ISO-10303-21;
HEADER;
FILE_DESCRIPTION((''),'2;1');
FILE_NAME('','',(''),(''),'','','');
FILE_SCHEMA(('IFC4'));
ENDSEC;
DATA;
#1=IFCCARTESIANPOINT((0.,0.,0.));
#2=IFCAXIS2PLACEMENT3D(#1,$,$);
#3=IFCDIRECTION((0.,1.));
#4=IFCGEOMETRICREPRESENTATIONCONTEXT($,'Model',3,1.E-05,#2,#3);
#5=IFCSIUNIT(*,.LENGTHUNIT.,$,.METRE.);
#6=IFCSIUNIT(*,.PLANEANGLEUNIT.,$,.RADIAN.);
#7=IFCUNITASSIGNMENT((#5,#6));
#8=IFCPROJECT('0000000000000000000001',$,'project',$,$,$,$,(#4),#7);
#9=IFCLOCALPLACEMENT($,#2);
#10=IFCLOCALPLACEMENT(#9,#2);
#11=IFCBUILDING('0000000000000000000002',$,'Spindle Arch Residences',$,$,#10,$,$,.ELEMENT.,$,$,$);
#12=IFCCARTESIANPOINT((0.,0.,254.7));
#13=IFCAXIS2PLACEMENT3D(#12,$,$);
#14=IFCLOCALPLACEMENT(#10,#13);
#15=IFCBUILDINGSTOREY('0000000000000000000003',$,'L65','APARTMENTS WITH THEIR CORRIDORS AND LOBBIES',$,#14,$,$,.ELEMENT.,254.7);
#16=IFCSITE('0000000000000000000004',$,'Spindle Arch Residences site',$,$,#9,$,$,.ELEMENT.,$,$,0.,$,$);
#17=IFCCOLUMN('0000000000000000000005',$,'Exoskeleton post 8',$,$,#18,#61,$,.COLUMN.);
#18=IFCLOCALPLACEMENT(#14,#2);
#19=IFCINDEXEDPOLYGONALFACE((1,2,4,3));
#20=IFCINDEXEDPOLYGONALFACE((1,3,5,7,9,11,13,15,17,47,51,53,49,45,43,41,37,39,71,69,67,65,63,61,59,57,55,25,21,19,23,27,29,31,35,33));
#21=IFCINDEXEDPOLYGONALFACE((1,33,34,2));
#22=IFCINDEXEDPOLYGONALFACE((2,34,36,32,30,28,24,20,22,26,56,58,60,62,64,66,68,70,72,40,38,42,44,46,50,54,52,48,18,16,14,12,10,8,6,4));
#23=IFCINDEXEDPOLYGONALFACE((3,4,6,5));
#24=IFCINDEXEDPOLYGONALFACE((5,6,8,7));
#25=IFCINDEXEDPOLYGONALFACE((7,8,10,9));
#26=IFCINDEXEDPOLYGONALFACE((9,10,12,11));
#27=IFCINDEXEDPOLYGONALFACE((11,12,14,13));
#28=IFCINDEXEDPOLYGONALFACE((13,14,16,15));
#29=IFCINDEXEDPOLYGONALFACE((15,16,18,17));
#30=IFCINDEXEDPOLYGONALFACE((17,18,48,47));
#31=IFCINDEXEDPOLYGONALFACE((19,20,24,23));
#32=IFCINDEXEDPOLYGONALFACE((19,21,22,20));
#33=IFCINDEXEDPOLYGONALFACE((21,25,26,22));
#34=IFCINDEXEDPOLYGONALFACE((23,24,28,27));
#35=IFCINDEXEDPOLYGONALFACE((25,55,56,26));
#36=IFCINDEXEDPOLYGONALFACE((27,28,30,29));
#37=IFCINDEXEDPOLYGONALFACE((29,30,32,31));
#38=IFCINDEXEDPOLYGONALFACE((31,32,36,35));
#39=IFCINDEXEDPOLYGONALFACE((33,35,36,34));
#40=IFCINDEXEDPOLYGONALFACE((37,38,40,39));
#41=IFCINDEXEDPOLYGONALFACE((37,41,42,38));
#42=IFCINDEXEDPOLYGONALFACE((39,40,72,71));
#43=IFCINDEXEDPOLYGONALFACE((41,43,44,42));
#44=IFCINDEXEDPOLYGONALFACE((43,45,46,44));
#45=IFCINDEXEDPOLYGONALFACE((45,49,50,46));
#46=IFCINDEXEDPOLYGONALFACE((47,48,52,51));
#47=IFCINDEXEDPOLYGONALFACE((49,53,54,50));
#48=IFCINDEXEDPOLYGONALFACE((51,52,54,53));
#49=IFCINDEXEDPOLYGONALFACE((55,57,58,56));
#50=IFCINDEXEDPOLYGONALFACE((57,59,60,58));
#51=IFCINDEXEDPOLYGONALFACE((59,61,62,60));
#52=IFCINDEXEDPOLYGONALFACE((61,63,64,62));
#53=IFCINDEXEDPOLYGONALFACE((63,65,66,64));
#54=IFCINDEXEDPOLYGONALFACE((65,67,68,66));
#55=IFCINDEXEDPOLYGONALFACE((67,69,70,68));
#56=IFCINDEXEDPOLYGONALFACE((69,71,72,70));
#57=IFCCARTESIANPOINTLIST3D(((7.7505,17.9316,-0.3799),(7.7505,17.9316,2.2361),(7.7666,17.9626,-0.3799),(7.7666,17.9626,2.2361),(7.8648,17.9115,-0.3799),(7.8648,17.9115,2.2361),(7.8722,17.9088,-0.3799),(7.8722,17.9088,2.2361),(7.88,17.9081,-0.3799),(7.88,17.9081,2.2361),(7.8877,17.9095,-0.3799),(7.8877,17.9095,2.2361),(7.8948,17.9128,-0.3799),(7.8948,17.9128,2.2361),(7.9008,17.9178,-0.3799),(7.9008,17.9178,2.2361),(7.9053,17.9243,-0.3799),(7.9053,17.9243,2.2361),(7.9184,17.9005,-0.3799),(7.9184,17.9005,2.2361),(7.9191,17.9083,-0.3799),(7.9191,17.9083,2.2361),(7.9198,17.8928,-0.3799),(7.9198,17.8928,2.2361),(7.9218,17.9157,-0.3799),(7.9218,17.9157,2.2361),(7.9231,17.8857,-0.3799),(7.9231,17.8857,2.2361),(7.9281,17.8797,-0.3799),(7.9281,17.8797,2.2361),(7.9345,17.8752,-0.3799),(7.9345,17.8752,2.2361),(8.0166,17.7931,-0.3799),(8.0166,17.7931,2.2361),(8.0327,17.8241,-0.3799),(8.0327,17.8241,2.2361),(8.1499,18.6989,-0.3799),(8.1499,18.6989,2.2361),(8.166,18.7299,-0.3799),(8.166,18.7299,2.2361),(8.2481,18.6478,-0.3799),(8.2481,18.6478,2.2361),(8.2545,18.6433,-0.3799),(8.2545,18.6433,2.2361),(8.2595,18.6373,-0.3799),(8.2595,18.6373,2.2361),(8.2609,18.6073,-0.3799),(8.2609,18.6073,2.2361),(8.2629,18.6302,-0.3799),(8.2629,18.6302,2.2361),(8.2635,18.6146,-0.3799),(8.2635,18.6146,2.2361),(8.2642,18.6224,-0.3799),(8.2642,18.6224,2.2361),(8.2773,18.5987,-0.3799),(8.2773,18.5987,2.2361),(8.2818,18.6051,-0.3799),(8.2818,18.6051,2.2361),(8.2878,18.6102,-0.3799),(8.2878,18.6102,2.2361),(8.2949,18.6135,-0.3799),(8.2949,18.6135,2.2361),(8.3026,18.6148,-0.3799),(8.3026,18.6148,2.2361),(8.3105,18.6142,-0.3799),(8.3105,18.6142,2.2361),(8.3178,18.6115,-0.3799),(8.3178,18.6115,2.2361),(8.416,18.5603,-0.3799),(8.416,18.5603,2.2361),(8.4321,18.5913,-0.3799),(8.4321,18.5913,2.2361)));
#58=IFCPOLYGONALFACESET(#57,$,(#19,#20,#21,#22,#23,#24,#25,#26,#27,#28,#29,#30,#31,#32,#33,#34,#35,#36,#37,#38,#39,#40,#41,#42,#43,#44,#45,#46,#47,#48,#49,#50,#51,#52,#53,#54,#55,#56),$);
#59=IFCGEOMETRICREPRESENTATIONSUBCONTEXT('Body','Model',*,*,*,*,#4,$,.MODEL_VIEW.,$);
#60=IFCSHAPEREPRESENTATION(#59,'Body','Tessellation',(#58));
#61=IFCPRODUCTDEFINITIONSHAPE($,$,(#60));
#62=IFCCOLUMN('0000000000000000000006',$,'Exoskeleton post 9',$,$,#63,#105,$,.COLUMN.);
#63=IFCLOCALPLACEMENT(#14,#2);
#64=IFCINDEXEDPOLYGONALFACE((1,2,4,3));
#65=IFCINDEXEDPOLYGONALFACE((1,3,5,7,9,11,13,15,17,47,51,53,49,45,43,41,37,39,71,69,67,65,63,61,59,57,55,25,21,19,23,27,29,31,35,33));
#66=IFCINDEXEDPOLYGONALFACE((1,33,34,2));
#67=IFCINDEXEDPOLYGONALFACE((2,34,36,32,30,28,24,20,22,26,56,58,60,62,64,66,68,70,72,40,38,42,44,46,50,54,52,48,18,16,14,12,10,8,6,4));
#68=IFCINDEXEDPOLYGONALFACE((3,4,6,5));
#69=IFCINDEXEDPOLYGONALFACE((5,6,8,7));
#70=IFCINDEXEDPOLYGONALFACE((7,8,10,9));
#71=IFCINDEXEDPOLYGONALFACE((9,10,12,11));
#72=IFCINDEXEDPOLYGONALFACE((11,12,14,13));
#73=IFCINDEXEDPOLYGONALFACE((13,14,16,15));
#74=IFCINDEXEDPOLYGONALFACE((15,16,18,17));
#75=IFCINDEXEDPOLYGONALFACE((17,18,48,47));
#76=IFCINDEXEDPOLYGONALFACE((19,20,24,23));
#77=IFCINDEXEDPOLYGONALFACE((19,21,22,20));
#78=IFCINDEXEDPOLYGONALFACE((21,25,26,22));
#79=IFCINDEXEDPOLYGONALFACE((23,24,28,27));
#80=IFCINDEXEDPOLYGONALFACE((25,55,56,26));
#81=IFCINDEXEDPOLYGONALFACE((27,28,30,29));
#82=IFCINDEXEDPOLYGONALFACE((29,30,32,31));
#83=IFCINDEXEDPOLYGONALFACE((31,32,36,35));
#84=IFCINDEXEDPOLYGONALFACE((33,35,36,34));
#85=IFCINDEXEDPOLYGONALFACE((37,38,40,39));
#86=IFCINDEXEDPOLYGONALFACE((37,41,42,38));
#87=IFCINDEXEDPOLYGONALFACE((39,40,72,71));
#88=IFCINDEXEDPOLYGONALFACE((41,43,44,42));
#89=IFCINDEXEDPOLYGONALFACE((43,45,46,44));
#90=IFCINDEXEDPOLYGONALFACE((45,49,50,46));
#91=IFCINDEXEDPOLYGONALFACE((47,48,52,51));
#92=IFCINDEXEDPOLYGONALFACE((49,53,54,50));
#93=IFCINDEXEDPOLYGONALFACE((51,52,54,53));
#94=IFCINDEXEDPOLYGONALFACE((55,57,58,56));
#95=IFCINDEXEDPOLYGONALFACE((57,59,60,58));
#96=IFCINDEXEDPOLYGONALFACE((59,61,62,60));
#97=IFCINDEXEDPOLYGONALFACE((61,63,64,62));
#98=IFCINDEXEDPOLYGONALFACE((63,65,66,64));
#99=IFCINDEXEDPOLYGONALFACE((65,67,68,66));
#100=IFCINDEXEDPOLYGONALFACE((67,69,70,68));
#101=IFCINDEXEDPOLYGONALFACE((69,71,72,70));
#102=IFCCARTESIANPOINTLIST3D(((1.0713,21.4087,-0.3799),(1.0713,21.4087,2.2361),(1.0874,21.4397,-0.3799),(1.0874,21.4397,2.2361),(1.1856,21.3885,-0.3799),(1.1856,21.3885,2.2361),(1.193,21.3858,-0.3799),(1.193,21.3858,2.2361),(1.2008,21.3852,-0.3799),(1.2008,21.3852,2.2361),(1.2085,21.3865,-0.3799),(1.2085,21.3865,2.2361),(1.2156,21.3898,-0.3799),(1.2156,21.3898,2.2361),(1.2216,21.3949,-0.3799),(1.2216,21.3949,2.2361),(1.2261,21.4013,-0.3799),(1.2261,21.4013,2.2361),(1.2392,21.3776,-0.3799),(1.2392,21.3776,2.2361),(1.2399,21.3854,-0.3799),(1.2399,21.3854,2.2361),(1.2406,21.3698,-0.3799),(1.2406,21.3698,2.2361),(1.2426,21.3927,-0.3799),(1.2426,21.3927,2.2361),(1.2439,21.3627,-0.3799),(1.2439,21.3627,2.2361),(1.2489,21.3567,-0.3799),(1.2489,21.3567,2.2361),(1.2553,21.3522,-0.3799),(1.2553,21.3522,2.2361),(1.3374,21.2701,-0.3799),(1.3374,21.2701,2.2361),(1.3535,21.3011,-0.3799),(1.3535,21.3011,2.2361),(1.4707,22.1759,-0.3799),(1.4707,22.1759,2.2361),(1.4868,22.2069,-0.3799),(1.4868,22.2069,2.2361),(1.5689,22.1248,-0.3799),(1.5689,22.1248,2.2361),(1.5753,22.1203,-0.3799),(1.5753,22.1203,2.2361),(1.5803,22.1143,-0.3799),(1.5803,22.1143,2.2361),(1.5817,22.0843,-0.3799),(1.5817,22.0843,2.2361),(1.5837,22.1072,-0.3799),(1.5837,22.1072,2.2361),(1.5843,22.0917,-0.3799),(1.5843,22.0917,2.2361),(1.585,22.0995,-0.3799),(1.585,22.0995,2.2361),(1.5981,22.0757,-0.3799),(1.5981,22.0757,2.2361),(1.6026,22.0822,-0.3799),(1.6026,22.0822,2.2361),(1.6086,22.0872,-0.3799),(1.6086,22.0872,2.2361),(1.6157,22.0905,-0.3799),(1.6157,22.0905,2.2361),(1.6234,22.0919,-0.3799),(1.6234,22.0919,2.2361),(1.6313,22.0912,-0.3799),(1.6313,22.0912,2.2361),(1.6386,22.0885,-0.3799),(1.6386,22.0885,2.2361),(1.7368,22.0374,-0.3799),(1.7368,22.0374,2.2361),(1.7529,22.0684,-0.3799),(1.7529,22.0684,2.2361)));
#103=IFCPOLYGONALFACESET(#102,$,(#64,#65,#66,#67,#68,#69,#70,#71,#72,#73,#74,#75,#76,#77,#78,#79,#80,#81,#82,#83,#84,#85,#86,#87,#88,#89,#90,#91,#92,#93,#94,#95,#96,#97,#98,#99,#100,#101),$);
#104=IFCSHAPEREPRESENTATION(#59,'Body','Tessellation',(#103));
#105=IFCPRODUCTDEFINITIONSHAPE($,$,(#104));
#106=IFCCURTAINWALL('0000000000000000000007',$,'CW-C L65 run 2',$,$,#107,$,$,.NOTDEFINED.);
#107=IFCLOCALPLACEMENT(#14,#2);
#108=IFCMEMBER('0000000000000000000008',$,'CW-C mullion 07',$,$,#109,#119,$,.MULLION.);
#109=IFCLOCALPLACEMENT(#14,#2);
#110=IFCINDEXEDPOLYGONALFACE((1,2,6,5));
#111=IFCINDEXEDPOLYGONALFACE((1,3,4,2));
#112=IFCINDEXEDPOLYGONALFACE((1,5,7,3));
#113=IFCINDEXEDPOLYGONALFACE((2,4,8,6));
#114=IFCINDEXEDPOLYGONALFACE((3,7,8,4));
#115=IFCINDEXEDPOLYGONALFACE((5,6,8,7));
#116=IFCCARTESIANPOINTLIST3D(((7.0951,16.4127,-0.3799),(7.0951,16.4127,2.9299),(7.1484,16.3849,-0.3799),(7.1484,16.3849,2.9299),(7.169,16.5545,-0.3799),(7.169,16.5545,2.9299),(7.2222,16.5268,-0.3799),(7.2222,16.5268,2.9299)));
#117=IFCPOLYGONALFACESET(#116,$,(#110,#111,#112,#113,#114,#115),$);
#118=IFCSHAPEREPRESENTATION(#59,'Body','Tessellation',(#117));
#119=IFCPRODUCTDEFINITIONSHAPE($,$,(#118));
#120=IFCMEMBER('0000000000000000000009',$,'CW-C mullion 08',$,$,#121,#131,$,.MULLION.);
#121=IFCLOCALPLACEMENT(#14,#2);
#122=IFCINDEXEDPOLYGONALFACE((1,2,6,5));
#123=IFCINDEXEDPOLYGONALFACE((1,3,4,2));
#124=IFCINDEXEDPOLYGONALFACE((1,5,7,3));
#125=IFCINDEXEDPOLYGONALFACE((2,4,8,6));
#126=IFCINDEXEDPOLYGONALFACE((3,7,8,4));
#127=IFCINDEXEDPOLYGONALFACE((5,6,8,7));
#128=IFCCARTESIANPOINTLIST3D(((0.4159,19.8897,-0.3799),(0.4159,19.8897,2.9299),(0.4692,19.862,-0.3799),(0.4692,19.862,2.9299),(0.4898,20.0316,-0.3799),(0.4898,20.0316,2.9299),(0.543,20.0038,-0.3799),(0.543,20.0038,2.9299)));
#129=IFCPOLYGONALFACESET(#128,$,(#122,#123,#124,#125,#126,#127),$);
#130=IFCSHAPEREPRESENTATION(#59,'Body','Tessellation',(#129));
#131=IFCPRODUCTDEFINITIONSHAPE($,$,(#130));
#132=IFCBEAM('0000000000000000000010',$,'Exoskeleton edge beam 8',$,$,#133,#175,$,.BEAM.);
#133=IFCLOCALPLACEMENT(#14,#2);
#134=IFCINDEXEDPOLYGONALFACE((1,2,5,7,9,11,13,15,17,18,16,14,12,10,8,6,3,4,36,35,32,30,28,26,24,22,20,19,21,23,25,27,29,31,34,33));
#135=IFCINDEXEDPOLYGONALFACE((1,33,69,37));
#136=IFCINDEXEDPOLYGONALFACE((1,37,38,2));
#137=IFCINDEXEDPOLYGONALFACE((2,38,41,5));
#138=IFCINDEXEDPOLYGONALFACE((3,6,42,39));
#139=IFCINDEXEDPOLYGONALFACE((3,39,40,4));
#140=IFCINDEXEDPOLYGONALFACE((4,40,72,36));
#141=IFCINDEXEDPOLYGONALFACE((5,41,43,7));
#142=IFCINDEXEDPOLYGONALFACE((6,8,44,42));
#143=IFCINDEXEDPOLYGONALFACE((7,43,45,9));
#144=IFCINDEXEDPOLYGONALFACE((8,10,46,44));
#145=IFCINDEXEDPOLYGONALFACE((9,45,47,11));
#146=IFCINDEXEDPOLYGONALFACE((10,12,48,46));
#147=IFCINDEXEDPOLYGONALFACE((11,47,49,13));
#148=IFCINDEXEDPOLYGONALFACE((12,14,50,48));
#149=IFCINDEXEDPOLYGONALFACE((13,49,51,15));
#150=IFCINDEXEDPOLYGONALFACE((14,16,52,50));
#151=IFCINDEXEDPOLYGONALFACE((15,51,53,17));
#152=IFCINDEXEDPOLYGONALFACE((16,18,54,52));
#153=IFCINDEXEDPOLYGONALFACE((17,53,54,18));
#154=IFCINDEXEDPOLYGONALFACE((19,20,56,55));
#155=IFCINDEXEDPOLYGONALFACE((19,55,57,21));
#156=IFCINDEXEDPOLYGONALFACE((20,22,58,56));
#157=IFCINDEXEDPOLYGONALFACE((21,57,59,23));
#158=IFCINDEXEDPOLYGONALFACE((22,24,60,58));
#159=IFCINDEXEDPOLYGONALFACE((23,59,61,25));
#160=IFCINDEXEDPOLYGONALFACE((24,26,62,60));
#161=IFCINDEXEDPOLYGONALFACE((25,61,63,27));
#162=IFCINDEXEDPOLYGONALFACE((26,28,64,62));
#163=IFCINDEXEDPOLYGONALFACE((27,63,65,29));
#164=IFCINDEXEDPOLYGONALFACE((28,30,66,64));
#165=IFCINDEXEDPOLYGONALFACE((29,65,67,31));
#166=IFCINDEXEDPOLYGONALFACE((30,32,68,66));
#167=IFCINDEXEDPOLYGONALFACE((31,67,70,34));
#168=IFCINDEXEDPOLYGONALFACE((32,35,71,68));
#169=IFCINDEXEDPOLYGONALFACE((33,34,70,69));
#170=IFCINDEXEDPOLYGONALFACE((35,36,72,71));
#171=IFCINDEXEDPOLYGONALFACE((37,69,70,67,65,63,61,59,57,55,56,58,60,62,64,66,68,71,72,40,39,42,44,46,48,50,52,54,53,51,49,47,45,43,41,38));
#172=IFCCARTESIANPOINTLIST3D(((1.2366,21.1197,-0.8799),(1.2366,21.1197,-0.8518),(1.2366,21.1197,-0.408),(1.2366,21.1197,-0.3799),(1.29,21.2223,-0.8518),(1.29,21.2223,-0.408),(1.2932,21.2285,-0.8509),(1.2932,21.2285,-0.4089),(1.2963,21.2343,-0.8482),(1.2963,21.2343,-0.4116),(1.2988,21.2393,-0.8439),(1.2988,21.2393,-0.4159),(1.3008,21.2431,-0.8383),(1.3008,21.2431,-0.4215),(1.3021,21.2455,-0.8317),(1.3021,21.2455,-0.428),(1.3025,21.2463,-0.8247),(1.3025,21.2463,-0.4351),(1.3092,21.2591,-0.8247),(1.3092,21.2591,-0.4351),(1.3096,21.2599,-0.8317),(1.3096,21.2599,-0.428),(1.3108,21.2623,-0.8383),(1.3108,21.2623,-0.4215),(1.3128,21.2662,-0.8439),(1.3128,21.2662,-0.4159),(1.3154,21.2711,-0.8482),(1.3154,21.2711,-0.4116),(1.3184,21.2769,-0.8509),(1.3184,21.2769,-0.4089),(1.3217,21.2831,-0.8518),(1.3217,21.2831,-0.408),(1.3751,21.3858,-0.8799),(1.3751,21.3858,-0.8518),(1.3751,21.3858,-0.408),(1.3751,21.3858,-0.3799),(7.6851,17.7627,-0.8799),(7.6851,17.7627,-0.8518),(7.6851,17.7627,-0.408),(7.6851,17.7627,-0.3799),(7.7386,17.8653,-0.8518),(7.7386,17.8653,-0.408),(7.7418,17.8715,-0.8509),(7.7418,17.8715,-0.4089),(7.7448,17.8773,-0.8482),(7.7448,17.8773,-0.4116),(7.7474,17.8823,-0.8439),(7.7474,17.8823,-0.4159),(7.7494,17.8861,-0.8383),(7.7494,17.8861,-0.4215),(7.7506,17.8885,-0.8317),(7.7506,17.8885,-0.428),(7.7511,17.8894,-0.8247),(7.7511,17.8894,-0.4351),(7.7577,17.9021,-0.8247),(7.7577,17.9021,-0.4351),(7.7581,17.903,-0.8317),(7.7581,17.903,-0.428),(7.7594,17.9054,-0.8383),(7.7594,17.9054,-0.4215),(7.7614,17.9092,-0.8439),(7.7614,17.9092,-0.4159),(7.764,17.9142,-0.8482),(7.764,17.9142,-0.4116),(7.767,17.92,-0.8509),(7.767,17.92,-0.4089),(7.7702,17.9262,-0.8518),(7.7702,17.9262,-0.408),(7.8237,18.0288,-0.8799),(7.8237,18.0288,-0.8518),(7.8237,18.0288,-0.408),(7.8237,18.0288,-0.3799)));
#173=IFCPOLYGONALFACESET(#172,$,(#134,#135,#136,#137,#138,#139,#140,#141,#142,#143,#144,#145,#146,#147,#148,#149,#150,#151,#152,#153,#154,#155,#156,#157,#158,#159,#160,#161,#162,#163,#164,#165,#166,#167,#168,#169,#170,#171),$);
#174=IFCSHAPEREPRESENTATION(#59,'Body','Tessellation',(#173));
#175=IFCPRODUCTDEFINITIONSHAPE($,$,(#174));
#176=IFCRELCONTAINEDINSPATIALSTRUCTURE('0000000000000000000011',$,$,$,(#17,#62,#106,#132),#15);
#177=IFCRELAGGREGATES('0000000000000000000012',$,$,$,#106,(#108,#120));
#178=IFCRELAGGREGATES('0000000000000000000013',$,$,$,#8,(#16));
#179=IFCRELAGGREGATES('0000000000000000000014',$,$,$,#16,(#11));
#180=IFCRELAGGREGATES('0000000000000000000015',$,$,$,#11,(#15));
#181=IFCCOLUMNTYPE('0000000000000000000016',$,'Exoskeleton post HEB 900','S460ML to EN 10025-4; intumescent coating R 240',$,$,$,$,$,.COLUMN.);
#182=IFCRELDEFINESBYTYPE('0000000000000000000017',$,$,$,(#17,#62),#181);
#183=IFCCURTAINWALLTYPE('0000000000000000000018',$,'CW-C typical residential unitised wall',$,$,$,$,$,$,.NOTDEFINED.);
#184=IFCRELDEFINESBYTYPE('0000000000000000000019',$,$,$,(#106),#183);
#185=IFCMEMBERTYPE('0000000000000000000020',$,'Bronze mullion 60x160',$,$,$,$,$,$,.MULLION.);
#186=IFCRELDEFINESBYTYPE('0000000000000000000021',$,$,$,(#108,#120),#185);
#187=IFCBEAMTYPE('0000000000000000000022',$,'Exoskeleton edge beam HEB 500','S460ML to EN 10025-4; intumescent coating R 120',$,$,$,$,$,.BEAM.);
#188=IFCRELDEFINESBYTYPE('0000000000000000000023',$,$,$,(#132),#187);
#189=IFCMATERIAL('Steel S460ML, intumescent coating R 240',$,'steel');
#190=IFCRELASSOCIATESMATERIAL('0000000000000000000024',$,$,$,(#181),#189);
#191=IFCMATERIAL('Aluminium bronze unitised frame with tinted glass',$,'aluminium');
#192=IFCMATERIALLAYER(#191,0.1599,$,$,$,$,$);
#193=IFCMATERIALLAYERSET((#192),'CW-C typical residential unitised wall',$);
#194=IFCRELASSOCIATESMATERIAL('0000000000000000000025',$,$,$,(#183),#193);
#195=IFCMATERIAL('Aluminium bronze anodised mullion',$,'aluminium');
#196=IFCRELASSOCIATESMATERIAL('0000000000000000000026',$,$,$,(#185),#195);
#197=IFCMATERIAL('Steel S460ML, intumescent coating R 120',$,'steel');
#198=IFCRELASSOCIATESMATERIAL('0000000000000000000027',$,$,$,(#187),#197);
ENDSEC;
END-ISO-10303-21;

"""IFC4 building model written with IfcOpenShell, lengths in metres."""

from ifc_helpers import new_model, si_unit, direction, frame, origin, origin_2d, place, context, subcontext, project, spatial, rectangle, i_section, extrude, material, layer, layer_set, material_profile, profile_set, type_object, element, aggregate, save


model = new_model("IFC4")

# Units and contexts
model_context = context("Model", 3, precision=1e-05, world=origin(), true_north=direction((0.0, 1.0)))
body_context = subcontext(model_context, "Body", "Model", "MODEL_VIEW")
ifc_project = project(units=[si_unit("LENGTHUNIT", "METRE"), si_unit("PLANEANGLEUNIT", "RADIAN")], contexts=[model_context])

# Site, building, storey
site_placement = place(None, origin())
site = spatial("IfcSite", under=ifc_project, at=site_placement, Name="Spindle Arch Residences site", CompositionType="ELEMENT", RefElevation=0.0)
building_placement = place(site_placement, origin())
building = spatial("IfcBuilding", under=site, at=building_placement, Name="Spindle Arch Residences", CompositionType="ELEMENT")
storey_placement = place(building_placement, frame((0.0, 0.0, 254.7)))
storey = spatial("IfcBuildingStorey", under=building, at=storey_placement, Name="L65", Description="APARTMENTS WITH THEIR CORRIDORS AND LOBBIES", CompositionType="ELEMENT", Elevation=254.7)

# Columns
ifc_material_1 = material(Name="Steel S460ML, intumescent coating R 240", Category="steel")
ifc_material_profile_1 = material_profile(ifc_material_1, i_section(OverallWidth=0.3, OverallDepth=0.8999, WebThickness=0.0186, FlangeThickness=0.0349, FilletRadius=0.03, at=origin_2d()), Name="HEB 900")
ifc_profile_set_1 = profile_set([ifc_material_profile_1], Name="Steel S460ML, intumescent coating R 240")
column_type = type_object("IfcColumnType", Name="Exoskeleton post HEB 900", Description="S460ML to EN 10025-4; intumescent coating R 240", PredefinedType="COLUMN", material=ifc_profile_set_1)
for number, where, z_axis, x_axis, name in (
    (1, (8.0913, 18.2615, -0.3799), (0.0, 0.0, 1.0), (0.887011, -0.461749, 0.0), "Exoskeleton post 8"),
    (2, (1.4121, 21.7385, -0.3799), (0.0, 0.0, 1.0), (0.887011, -0.461749, 0.0), "Exoskeleton post 9"),
):
    element("IfcColumn", number, at=place(storey_placement, frame(where, z_axis=z_axis, x_axis=x_axis)), inside=storey, type_object=column_type, Name=name, PredefinedType="COLUMN", context=body_context, shape_type="SweptSolid", body=[
        extrude(i_section(OverallWidth=0.3, OverallDepth=0.8999, WebThickness=0.0186, FlangeThickness=0.0349, FilletRadius=0.03, at=origin_2d()), origin(), (0.0, 0.0, 1.0), 2.616),
    ])

# Curtain wall, members
ifc_material_2 = material(Name="Aluminium bronze unitised frame with tinted glass", Category="aluminium")
ifc_layer_1 = layer(ifc_material_2, 0.1599)
ifc_layer_set_1 = layer_set([ifc_layer_1], Name="CW-C typical residential unitised wall")
curtain_wall_type = type_object("IfcCurtainWallType", Name="CW-C typical residential unitised wall", PredefinedType="NOTDEFINED", material=ifc_layer_set_1)
curtain_wall_placement = place(storey_placement, origin())
curtain_wall = element("IfcCurtainWall", 3, at=curtain_wall_placement, inside=storey, type_object=curtain_wall_type, Name="CW-C L65 run 2", PredefinedType="NOTDEFINED")
ifc_material_3 = material(Name="Aluminium bronze anodised mullion", Category="aluminium")
ifc_material_profile_2 = material_profile(ifc_material_3, rectangle(XDim=0.1599, YDim=0.0601, at=origin_2d()), Name="MU 60x160")
ifc_profile_set_2 = profile_set([ifc_material_profile_2], Name="Aluminium bronze anodised mullion")
member_type = type_object("IfcMemberType", Name="Bronze mullion 60x160", PredefinedType="MULLION", material=ifc_profile_set_2)
member_1_placement = place(storey_placement, frame((7.1587, 16.4697, -0.3799), z_axis=(0.0, 0.0, 1.0), x_axis=(-0.461749, -0.887011, 0.0)))
member_1 = element("IfcMember", 4, at=member_1_placement, type_object=member_type, Name="CW-C mullion 07", PredefinedType="MULLION", context=body_context, shape_type="SweptSolid", body=[
    extrude(rectangle(XDim=0.1599, YDim=0.0601, at=origin_2d()), origin(), (0.0, 0.0, 1.0), 3.3098),
])
member_2_placement = place(storey_placement, frame((0.4795, 19.9468, -0.3799), z_axis=(0.0, 0.0, 1.0), x_axis=(-0.461749, -0.887011, 0.0)))
member_2 = element("IfcMember", 5, at=member_2_placement, type_object=member_type, Name="CW-C mullion 08", PredefinedType="MULLION", context=body_context, shape_type="SweptSolid", body=[
    extrude(rectangle(XDim=0.1599, YDim=0.0601, at=origin_2d()), origin(), (0.0, 0.0, 1.0), 3.3098),
])

# Beam
ifc_material_4 = material(Name="Steel S460ML, intumescent coating R 120", Category="steel")
ifc_material_profile_3 = material_profile(ifc_material_4, i_section(OverallWidth=0.3, OverallDepth=0.5, WebThickness=0.0144, FlangeThickness=0.0281, FilletRadius=0.0271, at=origin_2d()), Name="HEB 500")
ifc_profile_set_3 = profile_set([ifc_material_profile_3], Name="Steel S460ML, intumescent coating R 120")
beam_type_1 = type_object("IfcBeamType", Name="Exoskeleton edge beam HEB 500", Description="S460ML to EN 10025-4; intumescent coating R 120", PredefinedType="BEAM", material=ifc_profile_set_3)
for number, where, z_axis, x_axis, name in (
    (6, (7.7544, 17.8958, -0.6299), (-0.887007, 0.461756, 0.0), (-0.461756, -0.887007, 0.0), "Exoskeleton edge beam 8"),
):
    element("IfcBeam", number, at=place(storey_placement, frame(where, z_axis=z_axis, x_axis=x_axis)), inside=storey, type_object=beam_type_1, Name=name, PredefinedType="BEAM", context=body_context, shape_type="SweptSolid", body=[
        extrude(i_section(OverallWidth=0.3, OverallDepth=0.5, WebThickness=0.0144, FlangeThickness=0.0281, FilletRadius=0.0271, at=origin_2d()), origin(), (0.0, 0.0, 1.0), 7.27),
    ])

aggregate(curtain_wall, [member_1, member_2])

save(model, "model.ifc")
